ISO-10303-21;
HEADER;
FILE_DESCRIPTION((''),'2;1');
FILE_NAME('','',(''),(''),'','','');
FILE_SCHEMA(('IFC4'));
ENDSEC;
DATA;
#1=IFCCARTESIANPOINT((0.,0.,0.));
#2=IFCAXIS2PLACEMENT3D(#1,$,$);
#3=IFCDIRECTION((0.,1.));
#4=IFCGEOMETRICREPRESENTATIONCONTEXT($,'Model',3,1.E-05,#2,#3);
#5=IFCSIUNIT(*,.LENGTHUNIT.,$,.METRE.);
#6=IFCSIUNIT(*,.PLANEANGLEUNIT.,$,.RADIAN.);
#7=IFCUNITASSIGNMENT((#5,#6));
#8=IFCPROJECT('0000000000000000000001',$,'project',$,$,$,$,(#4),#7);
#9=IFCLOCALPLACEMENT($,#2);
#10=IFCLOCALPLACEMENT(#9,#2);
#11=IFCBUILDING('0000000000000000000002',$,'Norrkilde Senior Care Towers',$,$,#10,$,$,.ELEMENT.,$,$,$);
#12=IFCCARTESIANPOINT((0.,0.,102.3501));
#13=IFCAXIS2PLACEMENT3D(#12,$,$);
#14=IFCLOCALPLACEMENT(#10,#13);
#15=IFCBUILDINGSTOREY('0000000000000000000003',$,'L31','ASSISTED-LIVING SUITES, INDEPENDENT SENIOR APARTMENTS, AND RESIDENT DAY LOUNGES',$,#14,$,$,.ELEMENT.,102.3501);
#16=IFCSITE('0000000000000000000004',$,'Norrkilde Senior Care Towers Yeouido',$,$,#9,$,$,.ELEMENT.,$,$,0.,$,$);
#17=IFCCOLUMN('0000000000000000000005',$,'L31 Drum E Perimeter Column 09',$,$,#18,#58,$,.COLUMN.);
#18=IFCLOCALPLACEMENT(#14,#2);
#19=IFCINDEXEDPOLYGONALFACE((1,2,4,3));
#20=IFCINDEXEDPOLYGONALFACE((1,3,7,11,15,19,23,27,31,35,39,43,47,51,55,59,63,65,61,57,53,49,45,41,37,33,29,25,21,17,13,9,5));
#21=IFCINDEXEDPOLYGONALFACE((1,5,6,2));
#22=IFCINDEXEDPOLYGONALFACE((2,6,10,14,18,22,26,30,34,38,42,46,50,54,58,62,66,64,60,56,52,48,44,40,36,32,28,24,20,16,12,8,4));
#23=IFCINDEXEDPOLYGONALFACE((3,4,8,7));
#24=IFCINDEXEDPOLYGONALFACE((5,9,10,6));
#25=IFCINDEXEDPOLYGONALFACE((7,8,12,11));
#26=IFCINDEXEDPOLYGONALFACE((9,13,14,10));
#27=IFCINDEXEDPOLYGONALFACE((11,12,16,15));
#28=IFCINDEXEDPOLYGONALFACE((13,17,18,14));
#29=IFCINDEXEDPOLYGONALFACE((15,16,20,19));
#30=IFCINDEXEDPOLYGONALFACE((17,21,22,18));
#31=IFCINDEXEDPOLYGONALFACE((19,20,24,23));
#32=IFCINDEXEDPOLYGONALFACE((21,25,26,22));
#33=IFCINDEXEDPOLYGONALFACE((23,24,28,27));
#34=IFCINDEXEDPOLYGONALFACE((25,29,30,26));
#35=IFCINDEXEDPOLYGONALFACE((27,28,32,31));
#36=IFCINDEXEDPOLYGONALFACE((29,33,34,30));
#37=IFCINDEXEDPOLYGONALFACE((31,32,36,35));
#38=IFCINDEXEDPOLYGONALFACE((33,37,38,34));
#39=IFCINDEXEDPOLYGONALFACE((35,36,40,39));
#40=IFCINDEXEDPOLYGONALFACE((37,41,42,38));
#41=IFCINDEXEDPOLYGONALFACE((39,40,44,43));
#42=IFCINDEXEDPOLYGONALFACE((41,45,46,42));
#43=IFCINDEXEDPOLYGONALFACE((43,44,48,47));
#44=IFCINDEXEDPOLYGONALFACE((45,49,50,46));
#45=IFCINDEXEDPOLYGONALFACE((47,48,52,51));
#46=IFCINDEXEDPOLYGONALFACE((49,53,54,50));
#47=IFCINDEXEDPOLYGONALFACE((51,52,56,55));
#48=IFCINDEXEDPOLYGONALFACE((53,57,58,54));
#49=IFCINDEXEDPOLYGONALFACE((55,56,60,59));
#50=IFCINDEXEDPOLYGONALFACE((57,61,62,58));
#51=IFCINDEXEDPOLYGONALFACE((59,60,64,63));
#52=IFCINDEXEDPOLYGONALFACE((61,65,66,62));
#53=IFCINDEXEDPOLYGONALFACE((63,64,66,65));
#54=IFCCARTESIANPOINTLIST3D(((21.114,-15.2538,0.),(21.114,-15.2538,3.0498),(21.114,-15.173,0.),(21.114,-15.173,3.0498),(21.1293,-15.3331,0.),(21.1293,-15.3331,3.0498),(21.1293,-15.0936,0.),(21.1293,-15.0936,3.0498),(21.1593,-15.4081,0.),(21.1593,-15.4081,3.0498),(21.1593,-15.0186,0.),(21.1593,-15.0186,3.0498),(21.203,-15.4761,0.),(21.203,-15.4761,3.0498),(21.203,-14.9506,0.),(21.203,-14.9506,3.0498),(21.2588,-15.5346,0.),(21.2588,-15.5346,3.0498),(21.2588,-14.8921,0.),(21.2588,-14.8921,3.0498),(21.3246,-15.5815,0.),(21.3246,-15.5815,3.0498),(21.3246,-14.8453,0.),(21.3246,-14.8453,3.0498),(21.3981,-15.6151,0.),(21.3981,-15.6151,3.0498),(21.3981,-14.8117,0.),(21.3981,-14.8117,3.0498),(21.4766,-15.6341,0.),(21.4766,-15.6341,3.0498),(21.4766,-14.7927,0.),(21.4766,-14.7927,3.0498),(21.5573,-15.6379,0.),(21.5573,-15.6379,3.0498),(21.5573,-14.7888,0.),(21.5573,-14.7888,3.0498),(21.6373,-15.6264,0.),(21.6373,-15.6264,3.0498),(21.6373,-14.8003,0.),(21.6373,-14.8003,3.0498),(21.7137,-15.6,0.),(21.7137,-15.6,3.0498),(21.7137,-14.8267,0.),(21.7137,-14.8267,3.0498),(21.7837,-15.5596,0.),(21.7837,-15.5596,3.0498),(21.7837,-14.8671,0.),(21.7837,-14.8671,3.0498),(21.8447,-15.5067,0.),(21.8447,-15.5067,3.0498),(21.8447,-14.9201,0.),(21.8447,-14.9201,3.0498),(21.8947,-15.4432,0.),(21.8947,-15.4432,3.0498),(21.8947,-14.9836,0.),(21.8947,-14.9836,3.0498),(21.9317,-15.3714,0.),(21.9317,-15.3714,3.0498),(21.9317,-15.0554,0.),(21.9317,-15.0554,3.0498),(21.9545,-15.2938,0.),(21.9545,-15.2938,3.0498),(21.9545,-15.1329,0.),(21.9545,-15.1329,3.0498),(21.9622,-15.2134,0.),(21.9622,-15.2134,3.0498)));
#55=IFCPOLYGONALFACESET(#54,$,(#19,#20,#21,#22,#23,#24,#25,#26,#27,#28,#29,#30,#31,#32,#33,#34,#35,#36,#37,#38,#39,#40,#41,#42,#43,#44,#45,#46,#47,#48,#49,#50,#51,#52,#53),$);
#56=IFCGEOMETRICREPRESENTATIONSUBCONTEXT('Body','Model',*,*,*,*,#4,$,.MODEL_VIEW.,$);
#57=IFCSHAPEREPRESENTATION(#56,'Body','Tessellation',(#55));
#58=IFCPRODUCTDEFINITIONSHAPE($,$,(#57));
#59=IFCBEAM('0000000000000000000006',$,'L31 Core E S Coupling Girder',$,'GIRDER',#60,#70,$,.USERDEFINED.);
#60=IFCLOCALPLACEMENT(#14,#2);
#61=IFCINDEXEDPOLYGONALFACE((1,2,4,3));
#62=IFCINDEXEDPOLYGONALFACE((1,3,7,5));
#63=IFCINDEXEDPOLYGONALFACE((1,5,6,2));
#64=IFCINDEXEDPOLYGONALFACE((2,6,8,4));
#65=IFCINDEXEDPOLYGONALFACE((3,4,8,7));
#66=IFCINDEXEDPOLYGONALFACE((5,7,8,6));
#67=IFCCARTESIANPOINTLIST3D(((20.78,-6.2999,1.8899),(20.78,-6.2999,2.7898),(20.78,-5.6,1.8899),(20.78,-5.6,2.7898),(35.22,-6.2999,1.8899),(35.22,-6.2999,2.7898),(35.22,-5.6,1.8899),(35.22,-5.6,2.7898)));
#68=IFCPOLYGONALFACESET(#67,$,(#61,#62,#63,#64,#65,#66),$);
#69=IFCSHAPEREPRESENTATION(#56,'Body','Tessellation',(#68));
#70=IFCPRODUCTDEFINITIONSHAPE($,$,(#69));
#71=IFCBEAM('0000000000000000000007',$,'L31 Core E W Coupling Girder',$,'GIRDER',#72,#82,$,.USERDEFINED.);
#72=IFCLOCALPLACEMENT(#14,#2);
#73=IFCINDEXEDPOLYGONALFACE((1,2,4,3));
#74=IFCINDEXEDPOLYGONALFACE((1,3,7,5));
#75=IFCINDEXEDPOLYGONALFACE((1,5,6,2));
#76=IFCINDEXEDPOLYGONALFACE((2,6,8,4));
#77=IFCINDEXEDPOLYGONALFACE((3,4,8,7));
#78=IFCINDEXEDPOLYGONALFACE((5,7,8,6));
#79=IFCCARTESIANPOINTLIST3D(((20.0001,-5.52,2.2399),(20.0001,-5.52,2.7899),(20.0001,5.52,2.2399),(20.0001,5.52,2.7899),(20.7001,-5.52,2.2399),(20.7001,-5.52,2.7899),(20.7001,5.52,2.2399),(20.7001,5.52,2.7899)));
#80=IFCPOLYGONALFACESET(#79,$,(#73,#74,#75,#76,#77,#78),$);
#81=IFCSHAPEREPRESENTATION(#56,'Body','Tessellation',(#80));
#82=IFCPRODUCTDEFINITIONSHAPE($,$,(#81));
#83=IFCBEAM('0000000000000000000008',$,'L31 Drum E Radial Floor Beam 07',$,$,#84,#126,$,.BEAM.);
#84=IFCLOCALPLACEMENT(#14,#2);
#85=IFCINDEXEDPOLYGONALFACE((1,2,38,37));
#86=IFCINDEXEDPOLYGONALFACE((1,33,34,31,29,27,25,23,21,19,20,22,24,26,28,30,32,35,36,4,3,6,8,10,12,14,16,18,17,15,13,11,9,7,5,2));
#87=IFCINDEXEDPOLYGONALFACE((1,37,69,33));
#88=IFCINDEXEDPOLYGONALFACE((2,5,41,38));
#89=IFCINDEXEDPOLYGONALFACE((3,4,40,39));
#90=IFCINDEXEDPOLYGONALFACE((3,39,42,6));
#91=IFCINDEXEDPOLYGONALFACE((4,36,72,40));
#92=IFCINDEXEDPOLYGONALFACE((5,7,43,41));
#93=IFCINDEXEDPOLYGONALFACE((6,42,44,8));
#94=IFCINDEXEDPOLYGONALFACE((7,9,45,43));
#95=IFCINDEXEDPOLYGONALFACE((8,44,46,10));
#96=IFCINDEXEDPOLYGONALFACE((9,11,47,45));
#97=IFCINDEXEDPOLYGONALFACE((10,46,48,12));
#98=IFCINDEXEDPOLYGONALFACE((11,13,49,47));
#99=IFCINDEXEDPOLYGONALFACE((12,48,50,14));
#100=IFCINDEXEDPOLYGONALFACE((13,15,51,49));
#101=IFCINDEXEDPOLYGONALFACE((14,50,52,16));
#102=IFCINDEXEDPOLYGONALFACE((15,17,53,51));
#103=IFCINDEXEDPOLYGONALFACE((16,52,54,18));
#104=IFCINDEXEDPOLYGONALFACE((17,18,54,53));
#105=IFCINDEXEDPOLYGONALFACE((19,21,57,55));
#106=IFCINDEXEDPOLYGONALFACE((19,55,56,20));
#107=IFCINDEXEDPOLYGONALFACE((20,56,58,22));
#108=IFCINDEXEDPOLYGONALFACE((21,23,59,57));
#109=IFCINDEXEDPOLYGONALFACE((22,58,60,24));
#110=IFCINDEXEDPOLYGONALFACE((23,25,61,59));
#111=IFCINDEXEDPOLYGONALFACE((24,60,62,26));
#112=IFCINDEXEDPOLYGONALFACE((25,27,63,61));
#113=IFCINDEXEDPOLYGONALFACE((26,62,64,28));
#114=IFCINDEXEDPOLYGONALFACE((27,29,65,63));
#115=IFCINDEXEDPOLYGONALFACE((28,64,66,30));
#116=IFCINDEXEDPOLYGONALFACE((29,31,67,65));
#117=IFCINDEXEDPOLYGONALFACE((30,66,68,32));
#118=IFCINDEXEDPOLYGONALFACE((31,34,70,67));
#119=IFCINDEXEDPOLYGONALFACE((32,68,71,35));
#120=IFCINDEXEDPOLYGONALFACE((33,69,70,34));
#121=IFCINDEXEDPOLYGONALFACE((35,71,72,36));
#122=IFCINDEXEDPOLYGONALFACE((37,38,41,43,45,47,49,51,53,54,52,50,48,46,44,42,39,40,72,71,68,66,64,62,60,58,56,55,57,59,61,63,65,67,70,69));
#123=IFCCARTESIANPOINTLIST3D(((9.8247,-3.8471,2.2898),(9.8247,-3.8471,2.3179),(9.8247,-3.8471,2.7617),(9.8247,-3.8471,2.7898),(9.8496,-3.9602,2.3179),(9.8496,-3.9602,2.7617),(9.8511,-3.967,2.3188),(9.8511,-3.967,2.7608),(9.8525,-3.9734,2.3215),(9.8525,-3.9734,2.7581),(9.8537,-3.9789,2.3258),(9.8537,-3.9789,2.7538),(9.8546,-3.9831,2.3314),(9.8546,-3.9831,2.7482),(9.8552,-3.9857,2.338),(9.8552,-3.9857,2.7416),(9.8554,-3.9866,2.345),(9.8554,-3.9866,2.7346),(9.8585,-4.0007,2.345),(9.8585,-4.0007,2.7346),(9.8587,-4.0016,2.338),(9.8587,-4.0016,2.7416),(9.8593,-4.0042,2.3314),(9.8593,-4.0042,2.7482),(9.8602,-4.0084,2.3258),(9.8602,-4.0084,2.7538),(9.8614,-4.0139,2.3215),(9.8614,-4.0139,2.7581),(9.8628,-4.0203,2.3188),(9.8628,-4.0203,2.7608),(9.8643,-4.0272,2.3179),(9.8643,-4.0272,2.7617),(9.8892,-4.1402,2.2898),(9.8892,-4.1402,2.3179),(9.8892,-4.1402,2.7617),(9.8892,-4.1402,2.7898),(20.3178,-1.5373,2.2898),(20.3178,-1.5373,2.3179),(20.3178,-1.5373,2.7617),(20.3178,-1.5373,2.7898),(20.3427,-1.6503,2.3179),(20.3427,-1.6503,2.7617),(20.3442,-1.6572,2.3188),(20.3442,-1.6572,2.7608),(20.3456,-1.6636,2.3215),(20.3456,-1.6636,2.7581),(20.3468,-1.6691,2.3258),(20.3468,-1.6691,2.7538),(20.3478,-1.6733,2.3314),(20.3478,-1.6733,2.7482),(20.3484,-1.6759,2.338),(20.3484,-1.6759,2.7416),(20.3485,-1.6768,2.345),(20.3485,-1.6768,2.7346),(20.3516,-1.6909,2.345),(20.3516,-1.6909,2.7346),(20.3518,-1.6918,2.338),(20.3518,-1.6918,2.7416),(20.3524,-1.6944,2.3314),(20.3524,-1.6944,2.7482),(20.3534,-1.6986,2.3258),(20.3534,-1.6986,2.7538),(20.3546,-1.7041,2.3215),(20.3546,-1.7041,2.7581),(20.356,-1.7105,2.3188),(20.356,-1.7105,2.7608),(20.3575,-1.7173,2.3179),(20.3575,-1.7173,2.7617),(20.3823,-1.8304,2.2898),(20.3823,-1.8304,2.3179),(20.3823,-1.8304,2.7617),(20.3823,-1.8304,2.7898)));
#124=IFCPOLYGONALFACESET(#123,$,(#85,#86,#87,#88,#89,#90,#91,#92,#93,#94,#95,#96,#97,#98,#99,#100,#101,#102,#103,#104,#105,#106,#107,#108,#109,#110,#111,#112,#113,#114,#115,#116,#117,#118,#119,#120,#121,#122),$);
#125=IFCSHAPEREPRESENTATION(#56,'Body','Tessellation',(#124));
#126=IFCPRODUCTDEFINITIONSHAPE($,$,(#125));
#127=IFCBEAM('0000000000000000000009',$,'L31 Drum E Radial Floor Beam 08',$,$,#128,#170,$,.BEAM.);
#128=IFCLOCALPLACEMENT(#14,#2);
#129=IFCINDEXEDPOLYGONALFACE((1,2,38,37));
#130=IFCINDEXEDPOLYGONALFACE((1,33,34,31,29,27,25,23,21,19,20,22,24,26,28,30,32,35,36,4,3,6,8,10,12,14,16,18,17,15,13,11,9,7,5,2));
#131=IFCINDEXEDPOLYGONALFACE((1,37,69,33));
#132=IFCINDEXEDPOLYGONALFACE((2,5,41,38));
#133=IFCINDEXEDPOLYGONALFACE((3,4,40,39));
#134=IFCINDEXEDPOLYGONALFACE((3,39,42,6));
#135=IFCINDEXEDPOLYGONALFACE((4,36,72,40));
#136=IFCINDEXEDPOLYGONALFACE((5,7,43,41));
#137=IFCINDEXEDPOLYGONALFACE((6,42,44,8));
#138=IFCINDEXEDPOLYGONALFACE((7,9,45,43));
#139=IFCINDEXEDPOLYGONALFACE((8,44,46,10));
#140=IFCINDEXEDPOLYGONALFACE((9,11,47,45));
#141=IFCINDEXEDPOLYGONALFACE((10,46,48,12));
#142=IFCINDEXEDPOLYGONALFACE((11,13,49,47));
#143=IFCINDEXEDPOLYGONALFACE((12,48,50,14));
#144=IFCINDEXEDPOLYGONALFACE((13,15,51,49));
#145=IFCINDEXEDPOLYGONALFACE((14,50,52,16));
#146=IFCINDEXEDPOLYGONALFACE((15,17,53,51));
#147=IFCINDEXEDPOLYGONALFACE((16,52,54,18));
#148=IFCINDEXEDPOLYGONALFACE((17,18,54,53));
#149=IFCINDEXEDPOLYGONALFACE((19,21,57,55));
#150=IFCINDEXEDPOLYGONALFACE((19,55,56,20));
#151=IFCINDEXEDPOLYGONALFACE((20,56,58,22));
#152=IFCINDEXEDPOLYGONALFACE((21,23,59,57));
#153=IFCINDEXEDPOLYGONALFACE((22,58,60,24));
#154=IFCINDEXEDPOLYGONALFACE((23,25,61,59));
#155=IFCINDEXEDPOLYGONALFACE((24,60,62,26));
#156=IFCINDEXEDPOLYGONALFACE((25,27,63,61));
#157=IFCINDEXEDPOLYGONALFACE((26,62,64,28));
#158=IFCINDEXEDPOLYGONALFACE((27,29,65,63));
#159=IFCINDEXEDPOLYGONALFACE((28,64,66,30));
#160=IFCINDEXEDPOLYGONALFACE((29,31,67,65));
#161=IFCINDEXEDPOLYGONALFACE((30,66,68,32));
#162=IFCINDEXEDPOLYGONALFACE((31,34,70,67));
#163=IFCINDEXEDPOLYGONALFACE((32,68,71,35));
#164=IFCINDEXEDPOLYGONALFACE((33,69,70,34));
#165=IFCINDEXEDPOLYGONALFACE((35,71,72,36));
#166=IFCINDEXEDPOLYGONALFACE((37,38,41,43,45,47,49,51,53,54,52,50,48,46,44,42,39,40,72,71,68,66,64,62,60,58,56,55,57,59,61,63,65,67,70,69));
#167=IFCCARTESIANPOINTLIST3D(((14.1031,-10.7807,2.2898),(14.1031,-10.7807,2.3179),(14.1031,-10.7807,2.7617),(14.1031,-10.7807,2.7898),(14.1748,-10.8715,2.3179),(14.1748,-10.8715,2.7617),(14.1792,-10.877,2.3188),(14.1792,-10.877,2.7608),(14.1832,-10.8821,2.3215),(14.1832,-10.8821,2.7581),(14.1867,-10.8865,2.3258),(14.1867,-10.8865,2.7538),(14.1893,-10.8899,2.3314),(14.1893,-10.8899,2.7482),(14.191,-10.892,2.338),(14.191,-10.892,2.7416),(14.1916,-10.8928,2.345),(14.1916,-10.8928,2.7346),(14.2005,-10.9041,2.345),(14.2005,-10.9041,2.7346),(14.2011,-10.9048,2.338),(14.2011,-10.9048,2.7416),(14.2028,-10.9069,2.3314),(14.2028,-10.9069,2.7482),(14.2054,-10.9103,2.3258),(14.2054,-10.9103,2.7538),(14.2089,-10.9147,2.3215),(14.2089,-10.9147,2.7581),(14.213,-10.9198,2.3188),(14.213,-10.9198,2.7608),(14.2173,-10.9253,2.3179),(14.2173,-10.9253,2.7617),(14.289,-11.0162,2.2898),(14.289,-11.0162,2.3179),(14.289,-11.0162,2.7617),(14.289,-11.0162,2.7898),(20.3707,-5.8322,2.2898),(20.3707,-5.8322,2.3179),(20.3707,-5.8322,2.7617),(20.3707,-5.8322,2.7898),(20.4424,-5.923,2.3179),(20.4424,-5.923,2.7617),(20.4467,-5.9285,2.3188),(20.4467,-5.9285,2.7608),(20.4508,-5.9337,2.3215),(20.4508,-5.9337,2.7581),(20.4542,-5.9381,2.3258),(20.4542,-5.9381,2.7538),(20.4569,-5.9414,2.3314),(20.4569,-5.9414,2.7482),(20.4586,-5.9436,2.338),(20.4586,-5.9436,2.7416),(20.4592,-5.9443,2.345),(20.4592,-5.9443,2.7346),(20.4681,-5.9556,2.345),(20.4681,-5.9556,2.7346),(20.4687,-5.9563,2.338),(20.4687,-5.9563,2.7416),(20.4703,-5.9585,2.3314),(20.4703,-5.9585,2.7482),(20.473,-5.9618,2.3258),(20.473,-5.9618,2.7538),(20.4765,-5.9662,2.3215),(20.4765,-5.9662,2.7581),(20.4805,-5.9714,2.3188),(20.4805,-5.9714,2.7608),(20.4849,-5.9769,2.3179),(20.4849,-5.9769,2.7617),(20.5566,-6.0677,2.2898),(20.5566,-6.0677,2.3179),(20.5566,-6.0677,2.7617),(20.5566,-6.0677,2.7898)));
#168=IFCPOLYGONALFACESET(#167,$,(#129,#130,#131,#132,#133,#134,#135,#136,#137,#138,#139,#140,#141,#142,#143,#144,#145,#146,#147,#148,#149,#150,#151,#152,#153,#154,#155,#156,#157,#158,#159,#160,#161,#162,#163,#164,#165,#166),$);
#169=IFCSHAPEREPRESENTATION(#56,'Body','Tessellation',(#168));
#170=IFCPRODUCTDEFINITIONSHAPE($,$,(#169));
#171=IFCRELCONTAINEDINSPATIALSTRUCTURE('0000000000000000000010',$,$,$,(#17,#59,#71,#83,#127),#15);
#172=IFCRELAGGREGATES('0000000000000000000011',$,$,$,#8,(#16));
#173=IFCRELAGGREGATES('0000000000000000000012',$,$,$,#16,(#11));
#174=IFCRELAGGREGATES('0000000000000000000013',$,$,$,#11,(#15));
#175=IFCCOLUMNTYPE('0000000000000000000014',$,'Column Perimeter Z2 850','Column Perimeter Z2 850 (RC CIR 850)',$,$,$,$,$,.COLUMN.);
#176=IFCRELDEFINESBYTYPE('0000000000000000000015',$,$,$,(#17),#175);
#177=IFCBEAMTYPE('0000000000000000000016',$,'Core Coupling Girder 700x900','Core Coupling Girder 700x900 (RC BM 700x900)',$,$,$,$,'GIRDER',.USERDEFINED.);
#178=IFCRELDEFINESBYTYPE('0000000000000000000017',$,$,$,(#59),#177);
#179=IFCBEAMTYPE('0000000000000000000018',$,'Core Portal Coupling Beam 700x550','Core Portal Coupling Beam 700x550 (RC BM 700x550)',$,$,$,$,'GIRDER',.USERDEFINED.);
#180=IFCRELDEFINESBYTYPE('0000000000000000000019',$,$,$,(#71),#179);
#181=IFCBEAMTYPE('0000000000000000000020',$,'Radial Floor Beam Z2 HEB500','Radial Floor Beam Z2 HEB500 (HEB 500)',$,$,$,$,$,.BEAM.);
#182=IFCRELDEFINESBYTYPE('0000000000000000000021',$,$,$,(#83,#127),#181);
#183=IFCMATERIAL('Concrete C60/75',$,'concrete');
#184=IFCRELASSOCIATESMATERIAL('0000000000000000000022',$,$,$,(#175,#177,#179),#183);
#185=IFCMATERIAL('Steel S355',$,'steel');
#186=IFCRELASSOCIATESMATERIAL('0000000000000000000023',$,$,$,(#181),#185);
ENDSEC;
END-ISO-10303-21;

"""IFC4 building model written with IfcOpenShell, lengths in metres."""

from ifc_helpers import new_model, si_unit, direction, frame, origin, origin_2d, place, context, subcontext, project, spatial, rectangle, circle, i_section, extrude, source, transform, mapped, material, material_profile, profile_set, type_object, type_shapes, element, save


model = new_model("IFC4")

# Units and contexts
model_context = context("Model", 3, precision=1e-05, world=origin(), true_north=direction((0.0, 1.0)))
body_context = subcontext(model_context, "Body", "Model", "MODEL_VIEW")
ifc_project = project(units=[si_unit("LENGTHUNIT", "METRE"), si_unit("PLANEANGLEUNIT", "RADIAN")], contexts=[model_context])

# Site, building, storey
site_placement = place(None, origin())
site = spatial("IfcSite", under=ifc_project, at=site_placement, Name="Norrkilde Senior Care Towers Yeouido", CompositionType="ELEMENT", RefElevation=0.0)
building_placement = place(site_placement, origin())
building = spatial("IfcBuilding", under=site, at=building_placement, Name="Norrkilde Senior Care Towers", CompositionType="ELEMENT")
storey_placement = place(building_placement, frame((0.0, 0.0, 102.3501)))
storey = spatial("IfcBuildingStorey", under=building, at=storey_placement, Name="L31", Description="ASSISTED-LIVING SUITES, INDEPENDENT SENIOR APARTMENTS, AND RESIDENT DAY LOUNGES", CompositionType="ELEMENT", Elevation=102.3501)

# Column
ifc_material_1 = material(Name="Concrete C60/75", Category="concrete")
ifc_material_profile_1 = material_profile(ifc_material_1, circle(Radius=0.425, at=origin_2d()), Name="RC CIR 850")
ifc_profile_set_1 = profile_set([ifc_material_profile_1], Name="Concrete C60/75")
column_type = type_object("IfcColumnType", Name="Column Perimeter Z2 850", Description="Column Perimeter Z2 850 (RC CIR 850)", PredefinedType="COLUMN", material=ifc_profile_set_1)
shared_shape_1 = source(origin(), body_context, "Body", "SweptSolid", [
    extrude(circle(Radius=0.425, at=origin_2d()), origin(), (0.0, 0.0, 1.0), 3.0498),
])
type_shapes(column_type, [shared_shape_1])
column_placement = place(storey_placement, frame((21.5371, -15.2134, 0.0), z_axis=(0.0, 0.0, 1.0), x_axis=(1.0, 0.0, 0.0)))
element("IfcColumn", 1, at=column_placement, inside=storey, type_object=column_type, Name="L31 Drum E Perimeter Column 09", PredefinedType="COLUMN", context=body_context, shape_type="MappedRepresentation", body=[
    mapped(shared_shape_1, transform((0.0, 0.0, 0.0), x_axis=(1.0, 0.0, 0.0), y_axis=(0.0, 1.0, 0.0), z_axis=(0.0, 0.0, 1.0), scale=1.0)),
])

# Beams
ifc_material_profile_2 = material_profile(ifc_material_1, rectangle(XDim=0.7, YDim=0.8999, at=origin_2d()), Name="RC BM 700x900")
ifc_profile_set_2 = profile_set([ifc_material_profile_2], Name="Concrete C60/75")
beam_type_1 = type_object("IfcBeamType", Name="Core Coupling Girder 700x900", Description="Core Coupling Girder 700x900 (RC BM 700x900)", ElementType="GIRDER", PredefinedType="USERDEFINED", material=ifc_profile_set_2)
shared_shape_2 = source(origin(), body_context, "Body", "SweptSolid", [
    extrude(rectangle(XDim=0.7, YDim=0.8999, at=origin_2d()), origin(), (0.0, 0.0, 1.0), 14.4399),
])
type_shapes(beam_type_1, [shared_shape_2])
beam_1_placement = place(storey_placement, frame((20.78, -5.95, 2.3398), z_axis=(1.0, 0.0, 0.0), x_axis=(0.0, 1.0, 0.0)))
element("IfcBeam", 2, at=beam_1_placement, inside=storey, type_object=beam_type_1, Name="L31 Core E S Coupling Girder", ObjectType="GIRDER", PredefinedType="USERDEFINED", context=body_context, shape_type="MappedRepresentation", body=[
    mapped(shared_shape_2, transform((0.0, 0.0, 0.0), x_axis=(1.0, 0.0, 0.0), y_axis=(0.0, 1.0, 0.0), z_axis=(0.0, 0.0, 1.0), scale=1.0)),
])
ifc_material_profile_3 = material_profile(ifc_material_1, rectangle(XDim=0.7, YDim=0.55, at=origin_2d()), Name="RC BM 700x550")
ifc_profile_set_3 = profile_set([ifc_material_profile_3], Name="Concrete C60/75")
beam_type_2 = type_object("IfcBeamType", Name="Core Portal Coupling Beam 700x550", Description="Core Portal Coupling Beam 700x550 (RC BM 700x550)", ElementType="GIRDER", PredefinedType="USERDEFINED", material=ifc_profile_set_3)
shared_shape_3 = source(origin(), body_context, "Body", "SweptSolid", [
    extrude(rectangle(XDim=0.7, YDim=0.55, at=origin_2d()), origin(), (0.0, 0.0, 1.0), 11.04),
])
type_shapes(beam_type_2, [shared_shape_3])
beam_2_placement = place(storey_placement, frame((20.3501, -5.52, 2.5149), z_axis=(0.0, 1.0, 0.0), x_axis=(-1.0, 0.0, 0.0)))
element("IfcBeam", 3, at=beam_2_placement, inside=storey, type_object=beam_type_2, Name="L31 Core E W Coupling Girder", ObjectType="GIRDER", PredefinedType="USERDEFINED", context=body_context, shape_type="MappedRepresentation", body=[
    mapped(shared_shape_3, transform((0.0, 0.0, 0.0), x_axis=(1.0, 0.0, 0.0), y_axis=(0.0, 1.0, 0.0), z_axis=(0.0, 0.0, 1.0), scale=1.0)),
])
ifc_material_2 = material(Name="Steel S355", Category="steel")
ifc_material_profile_4 = material_profile(ifc_material_2, i_section(OverallWidth=0.3, OverallDepth=0.5, WebThickness=0.0144, FlangeThickness=0.0281, FilletRadius=0.0271, at=origin_2d()), Name="HEB 500")
ifc_profile_set_4 = profile_set([ifc_material_profile_4], Name="Steel S355")
beam_type_3 = type_object("IfcBeamType", Name="Radial Floor Beam Z2 HEB500", Description="Radial Floor Beam Z2 HEB500 (HEB 500)", PredefinedType="BEAM", material=ifc_profile_set_4)
shared_shape_4 = source(origin(), body_context, "Body", "SweptSolid", [
    extrude(i_section(OverallWidth=0.3, OverallDepth=0.5, WebThickness=0.0144, FlangeThickness=0.0281, FilletRadius=0.0271, at=origin_2d()), origin(), (0.0, 0.0, 1.0), 10.7444),
])
beam_3_placement = place(storey_placement, frame((20.3501, -1.6838, 2.5398), z_axis=(-0.976619, -0.214979, 0.0), x_axis=(0.214979, -0.976619, 0.0)))
element("IfcBeam", 4, at=beam_3_placement, inside=storey, type_object=beam_type_3, Name="L31 Drum E Radial Floor Beam 07", PredefinedType="BEAM", context=body_context, shape_type="MappedRepresentation", body=[
    mapped(shared_shape_4, transform((0.0, 0.0, 0.0), x_axis=(1.0, 0.0, 0.0), y_axis=(0.0, 1.0, 0.0), z_axis=(0.0, 0.0, 1.0), scale=1.0)),
])
shared_shape_5 = source(origin(), body_context, "Body", "SweptSolid", [
    extrude(i_section(OverallWidth=0.3, OverallDepth=0.5, WebThickness=0.0144, FlangeThickness=0.0281, FilletRadius=0.0271, at=origin_2d()), origin(), (0.0, 0.0, 1.0), 7.9856),
])
type_shapes(beam_type_3, [shared_shape_4, shared_shape_5])
beam_4_placement = place(storey_placement, frame((20.4636, -5.95, 2.5398), z_axis=(-0.784859, -0.619675, 0.0), x_axis=(0.619675, -0.784859, 0.0)))
element("IfcBeam", 5, at=beam_4_placement, inside=storey, type_object=beam_type_3, Name="L31 Drum E Radial Floor Beam 08", PredefinedType="BEAM", context=body_context, shape_type="MappedRepresentation", body=[
    mapped(shared_shape_5, transform((0.0, 0.0, 0.0), x_axis=(1.0, 0.0, 0.0), y_axis=(0.0, 1.0, 0.0), z_axis=(0.0, 0.0, 1.0), scale=1.0)),
])

save(model, "model.ifc")
